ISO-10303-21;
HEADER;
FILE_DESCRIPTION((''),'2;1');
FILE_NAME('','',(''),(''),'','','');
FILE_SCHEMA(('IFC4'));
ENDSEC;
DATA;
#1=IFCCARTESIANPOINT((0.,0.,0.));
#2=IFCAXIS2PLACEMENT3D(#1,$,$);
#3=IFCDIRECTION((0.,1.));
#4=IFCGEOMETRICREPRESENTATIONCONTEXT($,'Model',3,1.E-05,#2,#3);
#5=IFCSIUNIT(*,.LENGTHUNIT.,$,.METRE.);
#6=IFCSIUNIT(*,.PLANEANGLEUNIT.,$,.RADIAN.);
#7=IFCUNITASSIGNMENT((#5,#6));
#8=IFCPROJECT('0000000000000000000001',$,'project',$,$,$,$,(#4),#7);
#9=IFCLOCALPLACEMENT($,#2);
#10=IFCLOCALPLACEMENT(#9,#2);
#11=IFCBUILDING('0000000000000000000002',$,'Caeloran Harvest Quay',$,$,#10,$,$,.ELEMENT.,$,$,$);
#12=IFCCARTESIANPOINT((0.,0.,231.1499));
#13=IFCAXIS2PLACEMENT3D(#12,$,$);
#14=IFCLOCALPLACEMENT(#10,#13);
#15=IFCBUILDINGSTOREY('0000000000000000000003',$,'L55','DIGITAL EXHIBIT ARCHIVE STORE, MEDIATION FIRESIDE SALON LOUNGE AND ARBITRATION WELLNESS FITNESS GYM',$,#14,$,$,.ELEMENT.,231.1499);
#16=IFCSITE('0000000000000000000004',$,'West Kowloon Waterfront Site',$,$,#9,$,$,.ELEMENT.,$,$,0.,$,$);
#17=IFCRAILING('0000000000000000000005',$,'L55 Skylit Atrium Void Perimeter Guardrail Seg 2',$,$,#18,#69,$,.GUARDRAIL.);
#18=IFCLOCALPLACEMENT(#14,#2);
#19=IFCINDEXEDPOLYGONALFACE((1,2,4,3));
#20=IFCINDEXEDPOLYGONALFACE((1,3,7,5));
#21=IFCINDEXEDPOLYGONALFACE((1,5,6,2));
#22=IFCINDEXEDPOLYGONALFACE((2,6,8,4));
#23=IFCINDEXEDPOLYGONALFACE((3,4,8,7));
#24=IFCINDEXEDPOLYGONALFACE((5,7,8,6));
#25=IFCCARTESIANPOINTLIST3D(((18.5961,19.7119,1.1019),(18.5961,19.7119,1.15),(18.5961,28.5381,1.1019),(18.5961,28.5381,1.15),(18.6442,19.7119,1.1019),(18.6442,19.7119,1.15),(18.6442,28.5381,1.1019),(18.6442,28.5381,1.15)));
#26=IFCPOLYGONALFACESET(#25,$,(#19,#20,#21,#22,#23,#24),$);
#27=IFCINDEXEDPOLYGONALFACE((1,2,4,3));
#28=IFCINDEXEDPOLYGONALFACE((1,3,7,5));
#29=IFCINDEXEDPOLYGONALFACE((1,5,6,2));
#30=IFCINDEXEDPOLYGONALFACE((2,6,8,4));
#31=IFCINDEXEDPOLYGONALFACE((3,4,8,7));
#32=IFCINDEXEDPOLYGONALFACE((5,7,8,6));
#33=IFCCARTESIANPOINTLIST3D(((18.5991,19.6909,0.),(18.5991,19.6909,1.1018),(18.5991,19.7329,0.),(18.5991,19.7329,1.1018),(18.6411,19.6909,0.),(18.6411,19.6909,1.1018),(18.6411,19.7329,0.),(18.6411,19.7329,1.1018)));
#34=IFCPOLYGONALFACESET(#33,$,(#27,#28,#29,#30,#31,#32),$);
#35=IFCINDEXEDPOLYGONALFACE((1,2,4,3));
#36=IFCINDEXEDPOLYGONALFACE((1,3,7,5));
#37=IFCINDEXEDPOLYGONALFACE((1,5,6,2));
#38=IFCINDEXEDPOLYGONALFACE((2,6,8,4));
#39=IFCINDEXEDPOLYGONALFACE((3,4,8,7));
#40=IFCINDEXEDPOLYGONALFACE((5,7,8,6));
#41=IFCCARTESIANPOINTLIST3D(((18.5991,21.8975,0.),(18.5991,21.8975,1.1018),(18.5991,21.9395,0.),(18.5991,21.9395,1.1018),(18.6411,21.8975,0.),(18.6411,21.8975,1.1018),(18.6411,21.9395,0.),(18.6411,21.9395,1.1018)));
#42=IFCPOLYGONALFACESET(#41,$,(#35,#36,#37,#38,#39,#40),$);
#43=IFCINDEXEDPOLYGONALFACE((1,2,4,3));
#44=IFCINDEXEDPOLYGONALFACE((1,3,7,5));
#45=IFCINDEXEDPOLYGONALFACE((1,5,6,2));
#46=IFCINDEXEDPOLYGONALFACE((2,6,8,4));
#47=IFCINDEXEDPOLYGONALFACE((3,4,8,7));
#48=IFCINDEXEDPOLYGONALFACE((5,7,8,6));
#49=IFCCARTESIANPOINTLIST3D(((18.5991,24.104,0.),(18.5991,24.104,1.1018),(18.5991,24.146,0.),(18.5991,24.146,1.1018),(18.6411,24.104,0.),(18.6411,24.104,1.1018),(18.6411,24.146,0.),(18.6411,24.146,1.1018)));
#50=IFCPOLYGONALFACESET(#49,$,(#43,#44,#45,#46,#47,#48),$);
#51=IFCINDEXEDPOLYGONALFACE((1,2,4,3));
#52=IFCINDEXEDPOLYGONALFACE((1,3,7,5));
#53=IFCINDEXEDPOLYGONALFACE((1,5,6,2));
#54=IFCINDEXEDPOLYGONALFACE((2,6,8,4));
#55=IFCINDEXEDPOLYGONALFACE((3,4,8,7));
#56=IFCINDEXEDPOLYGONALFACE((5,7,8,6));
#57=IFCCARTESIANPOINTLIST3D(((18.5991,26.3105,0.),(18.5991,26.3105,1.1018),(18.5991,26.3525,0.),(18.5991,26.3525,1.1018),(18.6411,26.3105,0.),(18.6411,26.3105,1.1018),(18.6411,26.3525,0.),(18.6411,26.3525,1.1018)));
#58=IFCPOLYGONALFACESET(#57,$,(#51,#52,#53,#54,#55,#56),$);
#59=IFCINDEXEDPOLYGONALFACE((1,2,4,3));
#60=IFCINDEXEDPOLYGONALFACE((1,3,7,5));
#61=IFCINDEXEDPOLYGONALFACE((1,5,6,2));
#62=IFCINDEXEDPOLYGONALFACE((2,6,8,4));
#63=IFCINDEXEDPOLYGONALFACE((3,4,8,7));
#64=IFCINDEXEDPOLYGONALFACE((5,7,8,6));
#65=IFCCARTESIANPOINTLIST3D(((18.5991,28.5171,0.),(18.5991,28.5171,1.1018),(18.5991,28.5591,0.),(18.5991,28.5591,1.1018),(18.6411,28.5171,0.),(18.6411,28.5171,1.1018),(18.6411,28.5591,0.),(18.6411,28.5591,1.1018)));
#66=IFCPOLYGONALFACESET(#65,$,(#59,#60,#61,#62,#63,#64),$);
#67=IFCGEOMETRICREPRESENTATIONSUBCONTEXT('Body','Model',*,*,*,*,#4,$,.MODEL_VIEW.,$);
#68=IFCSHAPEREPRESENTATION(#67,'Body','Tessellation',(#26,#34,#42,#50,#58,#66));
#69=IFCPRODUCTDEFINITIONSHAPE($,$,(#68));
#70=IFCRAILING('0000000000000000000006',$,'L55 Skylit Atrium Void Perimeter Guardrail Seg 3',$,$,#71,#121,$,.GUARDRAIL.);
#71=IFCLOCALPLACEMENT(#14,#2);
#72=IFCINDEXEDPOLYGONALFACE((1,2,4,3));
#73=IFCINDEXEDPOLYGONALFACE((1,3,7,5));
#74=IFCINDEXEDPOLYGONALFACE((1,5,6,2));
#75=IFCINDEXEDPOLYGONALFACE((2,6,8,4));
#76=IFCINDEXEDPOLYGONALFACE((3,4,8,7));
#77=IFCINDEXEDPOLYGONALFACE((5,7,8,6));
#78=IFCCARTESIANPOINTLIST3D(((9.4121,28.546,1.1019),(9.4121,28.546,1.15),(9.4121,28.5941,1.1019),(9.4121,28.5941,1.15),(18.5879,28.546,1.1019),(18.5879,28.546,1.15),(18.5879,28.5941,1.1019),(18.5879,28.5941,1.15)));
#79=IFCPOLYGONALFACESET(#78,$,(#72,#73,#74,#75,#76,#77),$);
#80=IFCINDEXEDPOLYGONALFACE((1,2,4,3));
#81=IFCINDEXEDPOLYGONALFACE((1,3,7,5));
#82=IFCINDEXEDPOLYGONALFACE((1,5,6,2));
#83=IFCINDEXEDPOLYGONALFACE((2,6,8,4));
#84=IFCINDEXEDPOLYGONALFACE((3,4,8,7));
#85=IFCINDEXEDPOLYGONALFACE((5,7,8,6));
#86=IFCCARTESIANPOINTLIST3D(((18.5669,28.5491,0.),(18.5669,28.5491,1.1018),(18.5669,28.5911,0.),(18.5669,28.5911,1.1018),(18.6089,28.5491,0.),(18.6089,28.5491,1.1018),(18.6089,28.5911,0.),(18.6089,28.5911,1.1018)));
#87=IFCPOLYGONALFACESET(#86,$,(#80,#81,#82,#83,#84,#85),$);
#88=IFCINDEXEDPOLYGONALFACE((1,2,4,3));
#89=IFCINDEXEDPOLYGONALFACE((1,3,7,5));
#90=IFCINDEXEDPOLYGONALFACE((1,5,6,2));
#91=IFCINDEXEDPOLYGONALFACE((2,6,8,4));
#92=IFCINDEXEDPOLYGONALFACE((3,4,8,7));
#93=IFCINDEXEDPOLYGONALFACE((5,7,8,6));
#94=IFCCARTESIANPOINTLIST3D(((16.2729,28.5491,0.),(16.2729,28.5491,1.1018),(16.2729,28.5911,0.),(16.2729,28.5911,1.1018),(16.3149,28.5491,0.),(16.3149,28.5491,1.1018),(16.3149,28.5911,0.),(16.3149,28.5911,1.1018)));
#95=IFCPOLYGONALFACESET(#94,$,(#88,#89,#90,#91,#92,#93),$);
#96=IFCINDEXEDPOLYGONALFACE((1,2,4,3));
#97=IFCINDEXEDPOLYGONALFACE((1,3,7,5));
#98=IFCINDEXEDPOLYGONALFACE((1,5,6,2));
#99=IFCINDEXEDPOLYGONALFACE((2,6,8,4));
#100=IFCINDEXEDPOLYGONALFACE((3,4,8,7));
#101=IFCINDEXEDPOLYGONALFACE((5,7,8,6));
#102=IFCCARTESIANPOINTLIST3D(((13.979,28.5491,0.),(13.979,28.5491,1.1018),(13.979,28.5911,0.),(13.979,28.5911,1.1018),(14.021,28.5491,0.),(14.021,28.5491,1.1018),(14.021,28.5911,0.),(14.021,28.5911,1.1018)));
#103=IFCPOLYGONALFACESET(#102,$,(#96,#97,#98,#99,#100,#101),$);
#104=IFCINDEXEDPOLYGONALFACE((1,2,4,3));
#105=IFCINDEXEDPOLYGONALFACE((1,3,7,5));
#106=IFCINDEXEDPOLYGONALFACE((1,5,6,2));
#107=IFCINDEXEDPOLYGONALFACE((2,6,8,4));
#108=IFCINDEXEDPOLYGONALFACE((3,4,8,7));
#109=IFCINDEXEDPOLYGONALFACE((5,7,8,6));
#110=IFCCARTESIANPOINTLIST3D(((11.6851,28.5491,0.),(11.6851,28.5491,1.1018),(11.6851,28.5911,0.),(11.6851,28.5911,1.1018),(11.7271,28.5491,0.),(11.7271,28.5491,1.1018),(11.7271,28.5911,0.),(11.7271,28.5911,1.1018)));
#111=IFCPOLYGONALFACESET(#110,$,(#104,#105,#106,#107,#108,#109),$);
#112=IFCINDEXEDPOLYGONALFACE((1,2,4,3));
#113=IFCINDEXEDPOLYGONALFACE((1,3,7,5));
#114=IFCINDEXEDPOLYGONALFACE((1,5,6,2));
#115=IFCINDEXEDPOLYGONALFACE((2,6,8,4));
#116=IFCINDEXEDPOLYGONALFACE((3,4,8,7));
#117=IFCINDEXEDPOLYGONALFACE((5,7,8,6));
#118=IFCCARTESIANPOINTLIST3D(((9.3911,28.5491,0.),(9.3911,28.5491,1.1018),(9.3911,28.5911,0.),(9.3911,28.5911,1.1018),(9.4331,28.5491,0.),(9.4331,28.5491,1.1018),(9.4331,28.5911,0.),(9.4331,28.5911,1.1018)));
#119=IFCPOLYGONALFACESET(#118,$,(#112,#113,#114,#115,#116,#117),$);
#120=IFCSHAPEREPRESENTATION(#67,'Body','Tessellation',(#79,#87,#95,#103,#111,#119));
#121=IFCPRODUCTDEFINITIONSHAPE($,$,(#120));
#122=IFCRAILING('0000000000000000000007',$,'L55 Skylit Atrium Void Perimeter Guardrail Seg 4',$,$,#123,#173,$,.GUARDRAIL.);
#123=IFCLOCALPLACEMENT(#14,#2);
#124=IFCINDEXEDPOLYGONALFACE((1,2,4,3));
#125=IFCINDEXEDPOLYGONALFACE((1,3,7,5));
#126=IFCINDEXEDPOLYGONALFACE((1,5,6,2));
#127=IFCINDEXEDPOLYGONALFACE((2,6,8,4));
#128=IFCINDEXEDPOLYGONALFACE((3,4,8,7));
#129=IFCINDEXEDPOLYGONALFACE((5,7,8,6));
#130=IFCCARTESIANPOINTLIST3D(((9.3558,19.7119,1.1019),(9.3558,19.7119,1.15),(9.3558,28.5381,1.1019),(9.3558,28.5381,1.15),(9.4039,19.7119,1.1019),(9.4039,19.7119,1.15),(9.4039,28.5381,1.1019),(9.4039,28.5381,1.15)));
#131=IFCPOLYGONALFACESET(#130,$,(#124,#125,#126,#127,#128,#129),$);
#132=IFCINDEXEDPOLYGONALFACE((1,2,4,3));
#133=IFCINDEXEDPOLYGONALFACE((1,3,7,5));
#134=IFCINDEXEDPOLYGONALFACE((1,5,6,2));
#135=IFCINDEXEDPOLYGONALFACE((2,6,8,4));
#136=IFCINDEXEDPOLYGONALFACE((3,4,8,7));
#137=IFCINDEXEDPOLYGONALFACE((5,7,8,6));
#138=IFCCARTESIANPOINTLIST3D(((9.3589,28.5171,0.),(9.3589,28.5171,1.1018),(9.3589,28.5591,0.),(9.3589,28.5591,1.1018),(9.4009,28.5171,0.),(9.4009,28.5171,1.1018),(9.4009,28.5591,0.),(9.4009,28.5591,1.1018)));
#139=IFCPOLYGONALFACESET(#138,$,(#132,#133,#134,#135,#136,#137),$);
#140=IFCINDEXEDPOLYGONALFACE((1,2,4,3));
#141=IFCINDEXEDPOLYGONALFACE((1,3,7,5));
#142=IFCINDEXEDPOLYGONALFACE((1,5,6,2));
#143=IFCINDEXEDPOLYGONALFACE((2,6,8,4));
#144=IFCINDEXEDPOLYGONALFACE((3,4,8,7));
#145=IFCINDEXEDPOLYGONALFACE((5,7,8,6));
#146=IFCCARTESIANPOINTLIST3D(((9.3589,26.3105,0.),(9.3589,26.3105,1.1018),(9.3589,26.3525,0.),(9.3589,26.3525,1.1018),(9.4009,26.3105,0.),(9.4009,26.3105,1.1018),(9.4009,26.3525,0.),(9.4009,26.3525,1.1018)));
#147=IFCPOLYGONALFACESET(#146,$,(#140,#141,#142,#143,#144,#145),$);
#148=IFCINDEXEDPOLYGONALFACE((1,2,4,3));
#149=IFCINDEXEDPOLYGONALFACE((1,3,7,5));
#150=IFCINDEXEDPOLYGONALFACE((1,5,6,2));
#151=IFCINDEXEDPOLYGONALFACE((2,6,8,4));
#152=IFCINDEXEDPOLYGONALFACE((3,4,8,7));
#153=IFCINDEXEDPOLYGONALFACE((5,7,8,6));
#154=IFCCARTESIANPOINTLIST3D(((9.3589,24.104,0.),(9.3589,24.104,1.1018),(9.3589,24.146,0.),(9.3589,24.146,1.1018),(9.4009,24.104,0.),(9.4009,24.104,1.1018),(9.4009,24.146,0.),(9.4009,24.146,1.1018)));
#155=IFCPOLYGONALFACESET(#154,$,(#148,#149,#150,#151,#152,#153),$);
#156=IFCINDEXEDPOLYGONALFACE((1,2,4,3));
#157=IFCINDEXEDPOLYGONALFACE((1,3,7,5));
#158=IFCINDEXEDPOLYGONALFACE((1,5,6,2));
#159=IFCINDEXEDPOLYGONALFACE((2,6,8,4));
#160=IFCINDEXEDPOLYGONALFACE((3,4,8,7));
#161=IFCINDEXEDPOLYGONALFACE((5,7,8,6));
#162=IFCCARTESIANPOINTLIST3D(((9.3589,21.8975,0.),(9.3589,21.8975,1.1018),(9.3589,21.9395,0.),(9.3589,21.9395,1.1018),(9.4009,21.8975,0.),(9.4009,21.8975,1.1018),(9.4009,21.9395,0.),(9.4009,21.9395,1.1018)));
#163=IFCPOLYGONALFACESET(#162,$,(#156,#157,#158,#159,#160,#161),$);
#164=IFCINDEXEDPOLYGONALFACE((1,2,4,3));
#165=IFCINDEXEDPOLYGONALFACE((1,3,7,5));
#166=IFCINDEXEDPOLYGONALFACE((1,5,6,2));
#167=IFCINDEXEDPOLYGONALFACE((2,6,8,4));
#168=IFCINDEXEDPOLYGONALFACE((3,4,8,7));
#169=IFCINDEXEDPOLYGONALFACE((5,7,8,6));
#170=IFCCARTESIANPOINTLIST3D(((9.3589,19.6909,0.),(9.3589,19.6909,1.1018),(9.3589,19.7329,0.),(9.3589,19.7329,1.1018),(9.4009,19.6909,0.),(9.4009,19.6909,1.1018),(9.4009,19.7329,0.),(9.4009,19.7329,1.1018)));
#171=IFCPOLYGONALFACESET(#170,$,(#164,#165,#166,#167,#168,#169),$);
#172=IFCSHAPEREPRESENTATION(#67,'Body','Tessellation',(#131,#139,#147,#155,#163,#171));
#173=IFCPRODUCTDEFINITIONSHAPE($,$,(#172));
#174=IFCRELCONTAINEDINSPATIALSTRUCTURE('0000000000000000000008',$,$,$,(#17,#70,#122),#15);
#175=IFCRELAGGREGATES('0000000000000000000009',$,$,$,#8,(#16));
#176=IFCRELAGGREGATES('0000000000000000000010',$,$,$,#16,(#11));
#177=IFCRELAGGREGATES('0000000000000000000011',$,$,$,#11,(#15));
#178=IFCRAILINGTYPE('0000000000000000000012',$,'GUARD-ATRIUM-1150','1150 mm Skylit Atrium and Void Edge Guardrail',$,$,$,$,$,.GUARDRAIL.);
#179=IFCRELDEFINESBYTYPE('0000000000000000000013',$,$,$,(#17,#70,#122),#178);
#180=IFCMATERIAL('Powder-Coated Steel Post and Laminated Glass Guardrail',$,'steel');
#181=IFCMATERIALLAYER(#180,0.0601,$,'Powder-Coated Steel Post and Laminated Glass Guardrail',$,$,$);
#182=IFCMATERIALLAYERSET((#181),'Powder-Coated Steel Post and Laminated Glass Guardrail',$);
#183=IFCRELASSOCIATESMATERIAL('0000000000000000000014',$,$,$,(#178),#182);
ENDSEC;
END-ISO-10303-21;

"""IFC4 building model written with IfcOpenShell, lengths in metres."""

from ifc_helpers import new_model, si_unit, direction, frame, origin, origin_2d, place, context, subcontext, project, spatial, rectangle, extrude, material, layer, layer_set, type_object, element, save


model = new_model("IFC4")

# Units and contexts
model_context = context("Model", 3, precision=1e-05, world=origin(), true_north=direction((0.0, 1.0)))
body_context = subcontext(model_context, "Body", "Model", "MODEL_VIEW")
ifc_project = project(units=[si_unit("LENGTHUNIT", "METRE"), si_unit("PLANEANGLEUNIT", "RADIAN")], contexts=[model_context])

# Site, building, storey
site_placement = place(None, origin())
site = spatial("IfcSite", under=ifc_project, at=site_placement, Name="West Kowloon Waterfront Site", CompositionType="ELEMENT", RefElevation=0.0)
building_placement = place(site_placement, origin())
building = spatial("IfcBuilding", under=site, at=building_placement, Name="Caeloran Harvest Quay", CompositionType="ELEMENT")
storey_placement = place(building_placement, frame((0.0, 0.0, 231.1499)))
storey = spatial("IfcBuildingStorey", under=building, at=storey_placement, Name="L55", Description="DIGITAL EXHIBIT ARCHIVE STORE, MEDIATION FIRESIDE SALON LOUNGE AND ARBITRATION WELLNESS FITNESS GYM", CompositionType="ELEMENT", Elevation=231.1499)

# Railings
ifc_material_1 = material(Name="Powder-Coated Steel Post and Laminated Glass Guardrail", Category="steel")
ifc_layer_1 = layer(ifc_material_1, 0.0601, Name="Powder-Coated Steel Post and Laminated Glass Guardrail")
ifc_layer_set_1 = layer_set([ifc_layer_1], Name="Powder-Coated Steel Post and Laminated Glass Guardrail")
railing_type = type_object("IfcRailingType", Name="GUARD-ATRIUM-1150", Description="1150 mm Skylit Atrium and Void Edge Guardrail", PredefinedType="GUARDRAIL", material=ifc_layer_set_1)
railing_1_placement = place(storey_placement, frame((18.6201, 19.7119, 0.0)))
element("IfcRailing", 1, at=railing_1_placement, inside=storey, type_object=railing_type, Name="L55 Skylit Atrium Void Perimeter Guardrail Seg 2", PredefinedType="GUARDRAIL", context=body_context, shape_type="SweptSolid", body=[
    extrude(rectangle(XDim=0.0481, YDim=0.0481, at=origin_2d()), frame((0.0, 0.0, 1.126), z_axis=(0.0, 1.0, 0.0), x_axis=(-1.0, 0.0, 0.0)), (0.0, 0.0, 1.0), 8.8262),
    extrude(rectangle(XDim=0.042, YDim=0.042, at=origin_2d()), origin(), (0.0, 0.0, 1.0), 1.1018),
    extrude(rectangle(XDim=0.042, YDim=0.042, at=origin_2d()), frame((0.0, 2.2065, 0.0)), (0.0, 0.0, 1.0), 1.1018),
    extrude(rectangle(XDim=0.042, YDim=0.042, at=origin_2d()), frame((0.0, 4.4131, 0.0)), (0.0, 0.0, 1.0), 1.1018),
    extrude(rectangle(XDim=0.042, YDim=0.042, at=origin_2d()), frame((0.0, 6.6196, 0.0)), (0.0, 0.0, 1.0), 1.1018),
    extrude(rectangle(XDim=0.042, YDim=0.042, at=origin_2d()), frame((0.0, 8.8262, 0.0)), (0.0, 0.0, 1.0), 1.1018),
])
railing_2_placement = place(storey_placement, frame((18.5879, 28.5701, 0.0)))
element("IfcRailing", 2, at=railing_2_placement, inside=storey, type_object=railing_type, Name="L55 Skylit Atrium Void Perimeter Guardrail Seg 3", PredefinedType="GUARDRAIL", context=body_context, shape_type="SweptSolid", body=[
    extrude(rectangle(XDim=0.0481, YDim=0.0481, at=origin_2d()), frame((0.0, 0.0, 1.126), z_axis=(-1.0, 0.0, 0.0), x_axis=(0.0, -1.0, 0.0)), (0.0, 0.0, 1.0), 9.1758),
    extrude(rectangle(XDim=0.042, YDim=0.042, at=origin_2d()), origin(), (0.0, 0.0, 1.0), 1.1018),
    extrude(rectangle(XDim=0.042, YDim=0.042, at=origin_2d()), frame((-2.2939, 0.0, 0.0)), (0.0, 0.0, 1.0), 1.1018),
    extrude(rectangle(XDim=0.042, YDim=0.042, at=origin_2d()), frame((-4.5879, 0.0, 0.0)), (0.0, 0.0, 1.0), 1.1018),
    extrude(rectangle(XDim=0.042, YDim=0.042, at=origin_2d()), frame((-6.8818, 0.0, 0.0)), (0.0, 0.0, 1.0), 1.1018),
    extrude(rectangle(XDim=0.042, YDim=0.042, at=origin_2d()), frame((-9.1758, 0.0, 0.0)), (0.0, 0.0, 1.0), 1.1018),
])
railing_3_placement = place(storey_placement, frame((9.3799, 28.5381, 0.0)))
element("IfcRailing", 3, at=railing_3_placement, inside=storey, type_object=railing_type, Name="L55 Skylit Atrium Void Perimeter Guardrail Seg 4", PredefinedType="GUARDRAIL", context=body_context, shape_type="SweptSolid", body=[
    extrude(rectangle(XDim=0.0481, YDim=0.0481, at=origin_2d()), frame((0.0, 0.0, 1.126), z_axis=(0.0, -1.0, 0.0), x_axis=(1.0, 0.0, 0.0)), (0.0, 0.0, 1.0), 8.8262),
    extrude(rectangle(XDim=0.042, YDim=0.042, at=origin_2d()), origin(), (0.0, 0.0, 1.0), 1.1018),
    extrude(rectangle(XDim=0.042, YDim=0.042, at=origin_2d()), frame((0.0, -2.2065, 0.0)), (0.0, 0.0, 1.0), 1.1018),
    extrude(rectangle(XDim=0.042, YDim=0.042, at=origin_2d()), frame((0.0, -4.4131, 0.0)), (0.0, 0.0, 1.0), 1.1018),
    extrude(rectangle(XDim=0.042, YDim=0.042, at=origin_2d()), frame((0.0, -6.6196, 0.0)), (0.0, 0.0, 1.0), 1.1018),
    extrude(rectangle(XDim=0.042, YDim=0.042, at=origin_2d()), frame((0.0, -8.8262, 0.0)), (0.0, 0.0, 1.0), 1.1018),
])

save(model, "model.ifc")
